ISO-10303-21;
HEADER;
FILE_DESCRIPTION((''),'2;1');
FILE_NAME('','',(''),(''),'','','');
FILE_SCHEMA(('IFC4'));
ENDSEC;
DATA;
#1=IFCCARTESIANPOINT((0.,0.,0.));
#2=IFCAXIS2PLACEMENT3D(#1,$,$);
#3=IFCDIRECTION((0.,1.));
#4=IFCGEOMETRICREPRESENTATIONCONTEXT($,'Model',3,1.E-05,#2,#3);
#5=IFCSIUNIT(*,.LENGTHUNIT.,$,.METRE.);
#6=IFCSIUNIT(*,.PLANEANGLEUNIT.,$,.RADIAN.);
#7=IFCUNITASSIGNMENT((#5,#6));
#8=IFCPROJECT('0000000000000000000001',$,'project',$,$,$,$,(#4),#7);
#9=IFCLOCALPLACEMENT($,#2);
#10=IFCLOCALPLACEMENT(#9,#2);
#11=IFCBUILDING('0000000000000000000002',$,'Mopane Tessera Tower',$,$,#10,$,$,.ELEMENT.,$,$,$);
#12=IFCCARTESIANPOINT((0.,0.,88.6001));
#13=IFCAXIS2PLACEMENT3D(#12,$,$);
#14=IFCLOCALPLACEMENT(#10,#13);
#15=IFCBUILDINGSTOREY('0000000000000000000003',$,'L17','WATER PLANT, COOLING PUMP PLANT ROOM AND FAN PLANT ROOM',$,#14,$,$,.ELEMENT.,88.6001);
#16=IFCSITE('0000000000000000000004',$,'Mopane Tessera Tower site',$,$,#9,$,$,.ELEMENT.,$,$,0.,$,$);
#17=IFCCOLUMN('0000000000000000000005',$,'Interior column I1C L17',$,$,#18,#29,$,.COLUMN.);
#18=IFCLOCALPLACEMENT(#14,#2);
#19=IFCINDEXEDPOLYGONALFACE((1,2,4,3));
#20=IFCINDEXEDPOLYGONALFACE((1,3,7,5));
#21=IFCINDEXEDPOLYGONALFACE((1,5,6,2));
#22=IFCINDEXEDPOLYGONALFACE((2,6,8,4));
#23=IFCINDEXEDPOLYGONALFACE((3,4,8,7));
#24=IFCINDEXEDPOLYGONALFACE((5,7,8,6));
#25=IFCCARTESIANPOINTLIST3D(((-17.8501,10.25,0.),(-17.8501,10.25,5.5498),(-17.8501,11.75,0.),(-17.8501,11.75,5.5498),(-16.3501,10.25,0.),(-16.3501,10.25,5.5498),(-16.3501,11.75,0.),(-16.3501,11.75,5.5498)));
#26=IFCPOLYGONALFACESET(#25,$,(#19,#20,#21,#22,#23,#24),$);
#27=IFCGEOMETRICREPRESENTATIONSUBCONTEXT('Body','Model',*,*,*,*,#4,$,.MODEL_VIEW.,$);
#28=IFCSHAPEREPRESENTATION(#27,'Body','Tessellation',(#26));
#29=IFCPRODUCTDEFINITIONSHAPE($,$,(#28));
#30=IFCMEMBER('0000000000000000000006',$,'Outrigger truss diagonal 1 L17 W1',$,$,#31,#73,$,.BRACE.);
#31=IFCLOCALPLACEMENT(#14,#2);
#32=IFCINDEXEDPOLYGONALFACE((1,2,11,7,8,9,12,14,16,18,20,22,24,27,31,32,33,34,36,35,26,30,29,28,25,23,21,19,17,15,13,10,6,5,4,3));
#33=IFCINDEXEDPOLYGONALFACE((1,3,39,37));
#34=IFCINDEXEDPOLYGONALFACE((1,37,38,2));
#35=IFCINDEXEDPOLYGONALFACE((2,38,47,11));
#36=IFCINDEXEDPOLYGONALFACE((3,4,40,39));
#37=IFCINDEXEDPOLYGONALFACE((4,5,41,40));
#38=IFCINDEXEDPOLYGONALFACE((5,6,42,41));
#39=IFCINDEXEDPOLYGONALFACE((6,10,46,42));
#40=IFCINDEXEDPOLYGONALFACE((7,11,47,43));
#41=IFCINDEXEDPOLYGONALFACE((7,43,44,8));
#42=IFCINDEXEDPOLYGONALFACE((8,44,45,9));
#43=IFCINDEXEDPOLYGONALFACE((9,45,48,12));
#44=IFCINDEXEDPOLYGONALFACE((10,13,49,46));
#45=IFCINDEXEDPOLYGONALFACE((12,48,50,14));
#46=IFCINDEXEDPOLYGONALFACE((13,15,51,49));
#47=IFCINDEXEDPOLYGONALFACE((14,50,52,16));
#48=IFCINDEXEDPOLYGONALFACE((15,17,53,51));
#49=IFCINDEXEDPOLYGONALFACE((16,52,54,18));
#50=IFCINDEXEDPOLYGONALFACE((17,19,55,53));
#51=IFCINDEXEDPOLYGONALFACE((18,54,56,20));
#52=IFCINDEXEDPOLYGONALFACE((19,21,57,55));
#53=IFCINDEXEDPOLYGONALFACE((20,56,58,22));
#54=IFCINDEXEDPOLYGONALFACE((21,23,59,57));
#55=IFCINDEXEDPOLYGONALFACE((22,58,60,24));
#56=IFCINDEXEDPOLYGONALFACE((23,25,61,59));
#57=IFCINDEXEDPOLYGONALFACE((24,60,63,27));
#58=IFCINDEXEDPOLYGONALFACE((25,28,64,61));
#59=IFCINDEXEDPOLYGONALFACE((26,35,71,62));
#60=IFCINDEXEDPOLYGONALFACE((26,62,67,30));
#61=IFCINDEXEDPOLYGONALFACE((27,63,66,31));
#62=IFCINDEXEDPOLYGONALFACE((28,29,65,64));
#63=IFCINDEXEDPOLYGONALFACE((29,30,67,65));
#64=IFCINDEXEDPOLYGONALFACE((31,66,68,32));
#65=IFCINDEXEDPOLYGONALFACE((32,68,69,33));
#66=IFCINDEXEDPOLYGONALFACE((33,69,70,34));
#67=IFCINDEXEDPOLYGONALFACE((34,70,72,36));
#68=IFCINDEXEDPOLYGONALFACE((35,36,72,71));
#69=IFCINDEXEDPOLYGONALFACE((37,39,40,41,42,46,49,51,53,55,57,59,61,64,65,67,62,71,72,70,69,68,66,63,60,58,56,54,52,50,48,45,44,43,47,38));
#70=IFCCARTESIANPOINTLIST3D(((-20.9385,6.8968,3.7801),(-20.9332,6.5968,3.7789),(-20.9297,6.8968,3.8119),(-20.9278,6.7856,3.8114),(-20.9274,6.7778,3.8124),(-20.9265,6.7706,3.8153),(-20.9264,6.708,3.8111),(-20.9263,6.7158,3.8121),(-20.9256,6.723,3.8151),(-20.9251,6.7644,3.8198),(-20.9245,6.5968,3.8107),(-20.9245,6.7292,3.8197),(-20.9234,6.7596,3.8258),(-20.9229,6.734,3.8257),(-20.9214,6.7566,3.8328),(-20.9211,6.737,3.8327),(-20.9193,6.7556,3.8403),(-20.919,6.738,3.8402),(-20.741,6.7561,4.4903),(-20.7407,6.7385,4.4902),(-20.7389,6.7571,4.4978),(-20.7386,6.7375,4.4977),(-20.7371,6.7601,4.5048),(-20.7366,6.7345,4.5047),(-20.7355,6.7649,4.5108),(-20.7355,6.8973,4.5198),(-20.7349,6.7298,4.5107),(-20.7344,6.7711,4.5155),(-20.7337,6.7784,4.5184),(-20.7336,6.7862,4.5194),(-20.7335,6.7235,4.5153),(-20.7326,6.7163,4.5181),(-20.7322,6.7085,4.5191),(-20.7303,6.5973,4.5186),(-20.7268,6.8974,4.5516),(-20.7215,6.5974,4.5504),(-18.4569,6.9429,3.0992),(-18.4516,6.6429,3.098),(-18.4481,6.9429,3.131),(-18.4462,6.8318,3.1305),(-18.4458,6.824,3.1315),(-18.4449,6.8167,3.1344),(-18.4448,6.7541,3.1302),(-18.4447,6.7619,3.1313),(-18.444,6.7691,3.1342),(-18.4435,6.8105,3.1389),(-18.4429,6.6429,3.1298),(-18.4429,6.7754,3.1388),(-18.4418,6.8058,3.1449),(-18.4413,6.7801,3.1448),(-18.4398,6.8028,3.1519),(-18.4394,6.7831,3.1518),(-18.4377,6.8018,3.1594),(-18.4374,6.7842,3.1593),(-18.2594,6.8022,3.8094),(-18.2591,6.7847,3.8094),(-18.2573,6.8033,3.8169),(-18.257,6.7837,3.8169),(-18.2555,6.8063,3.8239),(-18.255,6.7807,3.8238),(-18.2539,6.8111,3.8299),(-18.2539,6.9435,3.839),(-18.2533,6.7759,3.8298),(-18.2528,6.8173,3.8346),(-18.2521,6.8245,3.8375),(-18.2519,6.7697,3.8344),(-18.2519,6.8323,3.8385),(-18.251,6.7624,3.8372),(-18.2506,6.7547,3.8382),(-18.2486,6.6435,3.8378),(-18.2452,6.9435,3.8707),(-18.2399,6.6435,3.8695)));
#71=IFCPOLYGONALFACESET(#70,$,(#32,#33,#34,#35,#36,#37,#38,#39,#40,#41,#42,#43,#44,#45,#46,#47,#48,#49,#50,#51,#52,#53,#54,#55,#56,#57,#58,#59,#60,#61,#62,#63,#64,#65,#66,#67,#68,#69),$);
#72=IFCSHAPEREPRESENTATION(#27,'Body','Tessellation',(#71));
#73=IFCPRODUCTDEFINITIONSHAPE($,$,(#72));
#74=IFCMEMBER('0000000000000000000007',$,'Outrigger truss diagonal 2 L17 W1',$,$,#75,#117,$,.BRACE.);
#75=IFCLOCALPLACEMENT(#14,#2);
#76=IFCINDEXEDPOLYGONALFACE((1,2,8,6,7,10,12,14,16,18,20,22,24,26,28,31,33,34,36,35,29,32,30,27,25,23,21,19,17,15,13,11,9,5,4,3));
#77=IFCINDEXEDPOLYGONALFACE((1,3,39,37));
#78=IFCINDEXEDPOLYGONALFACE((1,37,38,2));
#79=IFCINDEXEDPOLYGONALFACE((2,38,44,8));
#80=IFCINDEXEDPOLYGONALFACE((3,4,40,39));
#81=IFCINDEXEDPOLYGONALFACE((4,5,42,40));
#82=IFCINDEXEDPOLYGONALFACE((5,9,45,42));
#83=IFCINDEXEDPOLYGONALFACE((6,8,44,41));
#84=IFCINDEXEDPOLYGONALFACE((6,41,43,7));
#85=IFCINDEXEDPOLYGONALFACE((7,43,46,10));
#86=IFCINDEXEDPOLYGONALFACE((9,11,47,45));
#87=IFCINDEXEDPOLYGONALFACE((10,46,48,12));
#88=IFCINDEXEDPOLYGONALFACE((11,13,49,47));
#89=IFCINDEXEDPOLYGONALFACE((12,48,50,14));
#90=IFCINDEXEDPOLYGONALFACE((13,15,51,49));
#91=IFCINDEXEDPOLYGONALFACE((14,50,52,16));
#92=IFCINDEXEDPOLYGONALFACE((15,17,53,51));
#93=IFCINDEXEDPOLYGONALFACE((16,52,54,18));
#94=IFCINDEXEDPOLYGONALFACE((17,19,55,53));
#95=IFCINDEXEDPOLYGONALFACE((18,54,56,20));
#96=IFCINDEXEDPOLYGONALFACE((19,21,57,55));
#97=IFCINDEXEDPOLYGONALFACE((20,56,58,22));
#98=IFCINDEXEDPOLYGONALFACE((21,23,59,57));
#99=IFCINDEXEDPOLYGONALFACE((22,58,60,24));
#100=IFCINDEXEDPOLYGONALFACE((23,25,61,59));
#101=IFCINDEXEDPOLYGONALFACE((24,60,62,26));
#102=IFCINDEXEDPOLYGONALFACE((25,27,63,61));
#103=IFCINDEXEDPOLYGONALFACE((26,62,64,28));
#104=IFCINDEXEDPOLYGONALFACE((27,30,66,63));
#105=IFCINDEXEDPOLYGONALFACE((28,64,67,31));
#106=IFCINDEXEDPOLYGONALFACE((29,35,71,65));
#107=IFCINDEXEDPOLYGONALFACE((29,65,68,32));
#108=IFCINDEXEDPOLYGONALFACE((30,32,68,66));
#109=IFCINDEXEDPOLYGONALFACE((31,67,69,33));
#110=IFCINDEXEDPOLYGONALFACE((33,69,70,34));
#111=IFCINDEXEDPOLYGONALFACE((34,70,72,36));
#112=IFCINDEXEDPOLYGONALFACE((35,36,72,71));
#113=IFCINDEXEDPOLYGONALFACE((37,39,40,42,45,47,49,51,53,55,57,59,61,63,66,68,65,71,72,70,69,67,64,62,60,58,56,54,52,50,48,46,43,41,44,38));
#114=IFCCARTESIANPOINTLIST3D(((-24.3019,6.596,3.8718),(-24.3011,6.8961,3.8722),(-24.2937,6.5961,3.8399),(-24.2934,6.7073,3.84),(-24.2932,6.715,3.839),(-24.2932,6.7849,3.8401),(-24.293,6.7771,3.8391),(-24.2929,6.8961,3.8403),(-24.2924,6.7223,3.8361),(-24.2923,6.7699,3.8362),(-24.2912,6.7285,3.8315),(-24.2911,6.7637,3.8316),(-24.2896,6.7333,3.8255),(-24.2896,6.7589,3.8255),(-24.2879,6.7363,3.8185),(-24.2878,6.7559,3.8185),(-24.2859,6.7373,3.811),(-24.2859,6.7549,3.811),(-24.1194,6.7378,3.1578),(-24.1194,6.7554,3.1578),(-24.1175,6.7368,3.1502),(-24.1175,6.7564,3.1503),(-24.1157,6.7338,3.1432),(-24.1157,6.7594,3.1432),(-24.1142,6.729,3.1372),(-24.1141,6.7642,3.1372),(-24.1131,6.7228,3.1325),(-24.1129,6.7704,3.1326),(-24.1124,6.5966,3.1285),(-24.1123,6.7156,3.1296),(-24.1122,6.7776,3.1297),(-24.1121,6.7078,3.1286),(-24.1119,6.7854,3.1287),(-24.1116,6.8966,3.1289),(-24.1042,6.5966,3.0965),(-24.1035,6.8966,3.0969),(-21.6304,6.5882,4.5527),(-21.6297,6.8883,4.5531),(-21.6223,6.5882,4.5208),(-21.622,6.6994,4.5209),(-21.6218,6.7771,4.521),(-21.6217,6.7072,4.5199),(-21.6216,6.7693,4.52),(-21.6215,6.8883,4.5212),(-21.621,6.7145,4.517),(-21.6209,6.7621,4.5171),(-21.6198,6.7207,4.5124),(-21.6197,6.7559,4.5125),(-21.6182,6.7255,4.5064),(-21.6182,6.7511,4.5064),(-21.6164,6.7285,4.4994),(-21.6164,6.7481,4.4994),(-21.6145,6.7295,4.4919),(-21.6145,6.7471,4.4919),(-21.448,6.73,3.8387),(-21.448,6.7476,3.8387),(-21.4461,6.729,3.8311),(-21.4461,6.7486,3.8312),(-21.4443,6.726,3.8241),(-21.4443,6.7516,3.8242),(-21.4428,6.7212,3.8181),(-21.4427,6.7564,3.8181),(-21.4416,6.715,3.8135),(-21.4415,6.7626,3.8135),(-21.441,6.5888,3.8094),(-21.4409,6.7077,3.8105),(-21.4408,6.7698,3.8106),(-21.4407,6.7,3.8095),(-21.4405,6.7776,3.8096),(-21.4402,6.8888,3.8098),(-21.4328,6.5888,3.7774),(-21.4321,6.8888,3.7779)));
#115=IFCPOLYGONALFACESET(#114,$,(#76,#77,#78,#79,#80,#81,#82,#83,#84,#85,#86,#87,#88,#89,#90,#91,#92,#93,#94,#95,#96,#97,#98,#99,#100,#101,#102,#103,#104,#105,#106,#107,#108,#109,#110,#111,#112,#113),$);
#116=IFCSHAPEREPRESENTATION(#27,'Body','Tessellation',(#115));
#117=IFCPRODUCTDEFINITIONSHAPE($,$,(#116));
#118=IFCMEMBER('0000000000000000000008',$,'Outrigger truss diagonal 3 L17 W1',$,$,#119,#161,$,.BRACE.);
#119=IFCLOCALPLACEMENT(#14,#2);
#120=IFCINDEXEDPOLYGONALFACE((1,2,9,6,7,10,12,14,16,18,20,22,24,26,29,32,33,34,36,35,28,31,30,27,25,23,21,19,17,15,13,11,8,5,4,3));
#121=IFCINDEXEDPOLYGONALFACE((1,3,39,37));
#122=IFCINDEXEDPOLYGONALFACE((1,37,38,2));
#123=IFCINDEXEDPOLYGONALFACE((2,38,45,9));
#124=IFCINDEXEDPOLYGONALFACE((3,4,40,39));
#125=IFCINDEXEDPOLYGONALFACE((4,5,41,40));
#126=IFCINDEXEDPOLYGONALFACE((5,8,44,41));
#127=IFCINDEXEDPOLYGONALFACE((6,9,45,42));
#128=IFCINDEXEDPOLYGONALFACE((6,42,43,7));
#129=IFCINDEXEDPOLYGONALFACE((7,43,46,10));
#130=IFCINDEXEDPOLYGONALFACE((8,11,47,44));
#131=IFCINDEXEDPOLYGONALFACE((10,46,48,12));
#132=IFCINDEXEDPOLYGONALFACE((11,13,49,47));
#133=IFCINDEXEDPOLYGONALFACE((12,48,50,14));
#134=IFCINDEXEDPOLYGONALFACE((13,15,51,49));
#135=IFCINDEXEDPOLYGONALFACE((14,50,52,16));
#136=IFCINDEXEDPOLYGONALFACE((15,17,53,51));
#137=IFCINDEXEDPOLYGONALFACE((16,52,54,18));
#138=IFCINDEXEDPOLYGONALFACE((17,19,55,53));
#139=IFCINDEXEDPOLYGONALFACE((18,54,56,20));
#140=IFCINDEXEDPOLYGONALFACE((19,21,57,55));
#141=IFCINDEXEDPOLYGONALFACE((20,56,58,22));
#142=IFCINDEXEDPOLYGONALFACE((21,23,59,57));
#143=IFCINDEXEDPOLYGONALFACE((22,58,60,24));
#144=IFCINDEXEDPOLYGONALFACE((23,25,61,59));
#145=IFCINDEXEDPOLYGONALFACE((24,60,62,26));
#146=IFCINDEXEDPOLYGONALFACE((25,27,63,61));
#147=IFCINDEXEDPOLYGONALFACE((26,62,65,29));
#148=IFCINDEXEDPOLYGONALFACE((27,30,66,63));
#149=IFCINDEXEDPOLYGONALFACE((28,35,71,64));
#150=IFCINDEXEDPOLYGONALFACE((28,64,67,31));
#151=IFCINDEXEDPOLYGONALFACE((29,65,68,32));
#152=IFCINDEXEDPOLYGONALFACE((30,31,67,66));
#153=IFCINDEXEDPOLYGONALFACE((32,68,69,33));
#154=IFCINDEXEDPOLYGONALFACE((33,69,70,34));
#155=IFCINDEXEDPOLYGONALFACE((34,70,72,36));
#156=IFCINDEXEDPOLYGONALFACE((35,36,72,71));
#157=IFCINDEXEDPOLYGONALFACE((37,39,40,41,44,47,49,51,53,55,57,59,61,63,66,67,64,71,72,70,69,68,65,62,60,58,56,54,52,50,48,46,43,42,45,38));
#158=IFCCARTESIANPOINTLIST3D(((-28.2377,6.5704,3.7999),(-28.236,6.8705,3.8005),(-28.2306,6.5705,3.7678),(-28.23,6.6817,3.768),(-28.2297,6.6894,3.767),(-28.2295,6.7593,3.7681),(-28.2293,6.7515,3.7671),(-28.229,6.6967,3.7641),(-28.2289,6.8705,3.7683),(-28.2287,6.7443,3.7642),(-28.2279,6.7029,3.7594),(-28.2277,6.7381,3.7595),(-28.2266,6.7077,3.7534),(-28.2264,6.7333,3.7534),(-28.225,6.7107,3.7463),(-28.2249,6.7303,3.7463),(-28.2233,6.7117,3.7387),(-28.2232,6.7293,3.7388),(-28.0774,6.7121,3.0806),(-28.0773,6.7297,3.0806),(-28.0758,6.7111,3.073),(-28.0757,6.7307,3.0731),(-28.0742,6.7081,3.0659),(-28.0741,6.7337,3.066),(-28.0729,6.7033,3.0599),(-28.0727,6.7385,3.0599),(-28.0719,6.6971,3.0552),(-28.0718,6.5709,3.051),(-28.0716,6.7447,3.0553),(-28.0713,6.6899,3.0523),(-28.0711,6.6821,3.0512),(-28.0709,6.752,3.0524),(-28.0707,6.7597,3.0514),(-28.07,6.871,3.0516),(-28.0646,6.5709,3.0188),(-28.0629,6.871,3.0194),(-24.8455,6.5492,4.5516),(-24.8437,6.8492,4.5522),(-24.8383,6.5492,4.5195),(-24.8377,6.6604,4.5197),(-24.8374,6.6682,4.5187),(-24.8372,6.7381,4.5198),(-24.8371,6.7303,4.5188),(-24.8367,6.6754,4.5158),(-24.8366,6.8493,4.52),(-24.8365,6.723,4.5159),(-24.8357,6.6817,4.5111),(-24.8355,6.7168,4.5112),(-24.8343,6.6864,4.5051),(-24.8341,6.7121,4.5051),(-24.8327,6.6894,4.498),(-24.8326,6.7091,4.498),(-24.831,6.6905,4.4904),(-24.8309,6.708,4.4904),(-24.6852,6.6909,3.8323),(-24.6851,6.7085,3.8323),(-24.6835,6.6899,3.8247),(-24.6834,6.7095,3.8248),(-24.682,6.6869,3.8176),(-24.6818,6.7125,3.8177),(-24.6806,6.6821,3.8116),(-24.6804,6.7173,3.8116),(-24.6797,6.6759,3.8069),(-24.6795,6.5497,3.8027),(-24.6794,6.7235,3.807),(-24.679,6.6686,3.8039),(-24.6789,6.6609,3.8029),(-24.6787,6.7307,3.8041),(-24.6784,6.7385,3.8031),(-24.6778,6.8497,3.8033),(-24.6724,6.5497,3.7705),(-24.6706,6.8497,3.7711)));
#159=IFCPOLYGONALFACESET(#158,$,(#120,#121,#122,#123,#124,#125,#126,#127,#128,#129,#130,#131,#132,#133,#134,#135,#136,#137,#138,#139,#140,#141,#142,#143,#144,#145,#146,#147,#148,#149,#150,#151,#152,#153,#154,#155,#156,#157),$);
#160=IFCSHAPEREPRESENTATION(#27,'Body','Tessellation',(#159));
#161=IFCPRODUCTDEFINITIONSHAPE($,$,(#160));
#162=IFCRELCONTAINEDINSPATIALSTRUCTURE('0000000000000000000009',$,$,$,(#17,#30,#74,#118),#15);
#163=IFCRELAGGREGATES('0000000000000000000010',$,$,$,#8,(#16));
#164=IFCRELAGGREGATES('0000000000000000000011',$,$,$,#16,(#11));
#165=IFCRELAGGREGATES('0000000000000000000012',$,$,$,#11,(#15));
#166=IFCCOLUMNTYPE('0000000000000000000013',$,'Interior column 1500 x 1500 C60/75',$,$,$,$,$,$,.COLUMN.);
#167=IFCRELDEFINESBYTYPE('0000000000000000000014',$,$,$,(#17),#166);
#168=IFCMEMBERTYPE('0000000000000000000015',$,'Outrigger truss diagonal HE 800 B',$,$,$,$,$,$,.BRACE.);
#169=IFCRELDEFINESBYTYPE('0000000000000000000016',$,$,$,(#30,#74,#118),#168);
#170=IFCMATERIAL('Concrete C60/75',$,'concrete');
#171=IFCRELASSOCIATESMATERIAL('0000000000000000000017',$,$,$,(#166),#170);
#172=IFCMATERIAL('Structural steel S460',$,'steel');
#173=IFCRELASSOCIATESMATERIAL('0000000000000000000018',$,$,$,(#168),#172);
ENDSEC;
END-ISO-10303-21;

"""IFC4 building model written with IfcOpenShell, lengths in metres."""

from ifc_helpers import new_model, si_unit, direction, frame, origin, origin_2d, place, context, subcontext, project, spatial, rectangle, i_section, extrude, material, material_profile, profile_set, type_object, element, save


model = new_model("IFC4")

# Units and contexts
model_context = context("Model", 3, precision=1e-05, world=origin(), true_north=direction((0.0, 1.0)))
body_context = subcontext(model_context, "Body", "Model", "MODEL_VIEW")
ifc_project = project(units=[si_unit("LENGTHUNIT", "METRE"), si_unit("PLANEANGLEUNIT", "RADIAN")], contexts=[model_context])

# Site, building, storey
site_placement = place(None, origin())
site = spatial("IfcSite", under=ifc_project, at=site_placement, Name="Mopane Tessera Tower site", CompositionType="ELEMENT", RefElevation=0.0)
building_placement = place(site_placement, origin())
building = spatial("IfcBuilding", under=site, at=building_placement, Name="Mopane Tessera Tower", CompositionType="ELEMENT")
storey_placement = place(building_placement, frame((0.0, 0.0, 88.6001)))
storey = spatial("IfcBuildingStorey", under=building, at=storey_placement, Name="L17", Description="WATER PLANT, COOLING PUMP PLANT ROOM AND FAN PLANT ROOM", CompositionType="ELEMENT", Elevation=88.6001)

# Column
ifc_material_1 = material(Name="Concrete C60/75", Category="concrete")
ifc_material_profile_1 = material_profile(ifc_material_1, rectangle(XDim=1.5, YDim=1.5, at=origin_2d()))
ifc_profile_set_1 = profile_set([ifc_material_profile_1], Name="Concrete C60/75")
column_type = type_object("IfcColumnType", Name="Interior column 1500 x 1500 C60/75", PredefinedType="COLUMN", material=ifc_profile_set_1)
column_placement = place(storey_placement, frame((-17.1001, 11.0, 0.0), z_axis=(0.0, 0.0, 1.0), x_axis=(1.0, 0.0, 0.0)))
element("IfcColumn", 1, at=column_placement, inside=storey, type_object=column_type, Name="Interior column I1C L17", PredefinedType="COLUMN", context=body_context, shape_type="SweptSolid", body=[
    extrude(rectangle(XDim=1.5, YDim=1.5, at=origin_2d()), origin(), (0.0, 0.0, 1.0), 5.5498),
])

# Members
ifc_material_2 = material(Name="Structural steel S460", Category="steel")
ifc_material_profile_2 = material_profile(ifc_material_2, i_section(OverallWidth=0.3, OverallDepth=0.8, WebThickness=0.0176, FlangeThickness=0.033, FilletRadius=0.03, at=origin_2d()))
ifc_profile_set_2 = profile_set([ifc_material_profile_2], Name="Structural steel S460")
member_type_1 = type_object("IfcMemberType", Name="Outrigger truss diagonal HE 800 B", PredefinedType="BRACE", material=ifc_profile_set_2)
member_1_placement = place(storey_placement, frame((-18.3484, 6.7932, 3.4844), z_axis=(-0.964205, -0.017928, 0.264552), x_axis=(0.017484, -0.999839, -0.004032)))
element("IfcMember", 2, at=member_1_placement, inside=storey, type_object=member_type_1, Name="Outrigger truss diagonal 1 L17 W1", PredefinedType="BRACE", context=body_context, shape_type="SweptSolid", body=[
    extrude(i_section(OverallWidth=0.3, OverallDepth=0.8, WebThickness=0.0176, FlangeThickness=0.033, FilletRadius=0.03, at=origin_2d()), origin(), (0.0, 0.0, 1.0), 2.5737),
])
member_2_placement = place(storey_placement, frame((-21.5312, 6.7385, 4.1653), z_axis=(-0.969014, 0.002834, -0.246991), x_axis=(-0.002569, -0.999996, -0.001393)))
element("IfcMember", 3, at=member_2_placement, inside=storey, type_object=member_type_1, Name="Outrigger truss diagonal 2 L17 W1", PredefinedType="BRACE", context=body_context, shape_type="SweptSolid", body=[
    extrude(i_section(OverallWidth=0.3, OverallDepth=0.8, WebThickness=0.0176, FlangeThickness=0.033, FilletRadius=0.03, at=origin_2d()), origin(), (0.0, 0.0, 1.0), 2.7568),
])
member_3_placement = place(storey_placement, frame((-24.7581, 6.6995, 4.1614), z_axis=(-0.976299, 0.006113, -0.216339), x_axis=(-0.005834, -0.999981, -0.001928)))
element("IfcMember", 4, at=member_3_placement, inside=storey, type_object=member_type_1, Name="Outrigger truss diagonal 3 L17 W1", PredefinedType="BRACE", context=body_context, shape_type="SweptSolid", body=[
    extrude(i_section(OverallWidth=0.3, OverallDepth=0.8, WebThickness=0.0176, FlangeThickness=0.033, FilletRadius=0.03, at=origin_2d()), origin(), (0.0, 0.0, 1.0), 3.4746),
])

save(model, "model.ifc")
